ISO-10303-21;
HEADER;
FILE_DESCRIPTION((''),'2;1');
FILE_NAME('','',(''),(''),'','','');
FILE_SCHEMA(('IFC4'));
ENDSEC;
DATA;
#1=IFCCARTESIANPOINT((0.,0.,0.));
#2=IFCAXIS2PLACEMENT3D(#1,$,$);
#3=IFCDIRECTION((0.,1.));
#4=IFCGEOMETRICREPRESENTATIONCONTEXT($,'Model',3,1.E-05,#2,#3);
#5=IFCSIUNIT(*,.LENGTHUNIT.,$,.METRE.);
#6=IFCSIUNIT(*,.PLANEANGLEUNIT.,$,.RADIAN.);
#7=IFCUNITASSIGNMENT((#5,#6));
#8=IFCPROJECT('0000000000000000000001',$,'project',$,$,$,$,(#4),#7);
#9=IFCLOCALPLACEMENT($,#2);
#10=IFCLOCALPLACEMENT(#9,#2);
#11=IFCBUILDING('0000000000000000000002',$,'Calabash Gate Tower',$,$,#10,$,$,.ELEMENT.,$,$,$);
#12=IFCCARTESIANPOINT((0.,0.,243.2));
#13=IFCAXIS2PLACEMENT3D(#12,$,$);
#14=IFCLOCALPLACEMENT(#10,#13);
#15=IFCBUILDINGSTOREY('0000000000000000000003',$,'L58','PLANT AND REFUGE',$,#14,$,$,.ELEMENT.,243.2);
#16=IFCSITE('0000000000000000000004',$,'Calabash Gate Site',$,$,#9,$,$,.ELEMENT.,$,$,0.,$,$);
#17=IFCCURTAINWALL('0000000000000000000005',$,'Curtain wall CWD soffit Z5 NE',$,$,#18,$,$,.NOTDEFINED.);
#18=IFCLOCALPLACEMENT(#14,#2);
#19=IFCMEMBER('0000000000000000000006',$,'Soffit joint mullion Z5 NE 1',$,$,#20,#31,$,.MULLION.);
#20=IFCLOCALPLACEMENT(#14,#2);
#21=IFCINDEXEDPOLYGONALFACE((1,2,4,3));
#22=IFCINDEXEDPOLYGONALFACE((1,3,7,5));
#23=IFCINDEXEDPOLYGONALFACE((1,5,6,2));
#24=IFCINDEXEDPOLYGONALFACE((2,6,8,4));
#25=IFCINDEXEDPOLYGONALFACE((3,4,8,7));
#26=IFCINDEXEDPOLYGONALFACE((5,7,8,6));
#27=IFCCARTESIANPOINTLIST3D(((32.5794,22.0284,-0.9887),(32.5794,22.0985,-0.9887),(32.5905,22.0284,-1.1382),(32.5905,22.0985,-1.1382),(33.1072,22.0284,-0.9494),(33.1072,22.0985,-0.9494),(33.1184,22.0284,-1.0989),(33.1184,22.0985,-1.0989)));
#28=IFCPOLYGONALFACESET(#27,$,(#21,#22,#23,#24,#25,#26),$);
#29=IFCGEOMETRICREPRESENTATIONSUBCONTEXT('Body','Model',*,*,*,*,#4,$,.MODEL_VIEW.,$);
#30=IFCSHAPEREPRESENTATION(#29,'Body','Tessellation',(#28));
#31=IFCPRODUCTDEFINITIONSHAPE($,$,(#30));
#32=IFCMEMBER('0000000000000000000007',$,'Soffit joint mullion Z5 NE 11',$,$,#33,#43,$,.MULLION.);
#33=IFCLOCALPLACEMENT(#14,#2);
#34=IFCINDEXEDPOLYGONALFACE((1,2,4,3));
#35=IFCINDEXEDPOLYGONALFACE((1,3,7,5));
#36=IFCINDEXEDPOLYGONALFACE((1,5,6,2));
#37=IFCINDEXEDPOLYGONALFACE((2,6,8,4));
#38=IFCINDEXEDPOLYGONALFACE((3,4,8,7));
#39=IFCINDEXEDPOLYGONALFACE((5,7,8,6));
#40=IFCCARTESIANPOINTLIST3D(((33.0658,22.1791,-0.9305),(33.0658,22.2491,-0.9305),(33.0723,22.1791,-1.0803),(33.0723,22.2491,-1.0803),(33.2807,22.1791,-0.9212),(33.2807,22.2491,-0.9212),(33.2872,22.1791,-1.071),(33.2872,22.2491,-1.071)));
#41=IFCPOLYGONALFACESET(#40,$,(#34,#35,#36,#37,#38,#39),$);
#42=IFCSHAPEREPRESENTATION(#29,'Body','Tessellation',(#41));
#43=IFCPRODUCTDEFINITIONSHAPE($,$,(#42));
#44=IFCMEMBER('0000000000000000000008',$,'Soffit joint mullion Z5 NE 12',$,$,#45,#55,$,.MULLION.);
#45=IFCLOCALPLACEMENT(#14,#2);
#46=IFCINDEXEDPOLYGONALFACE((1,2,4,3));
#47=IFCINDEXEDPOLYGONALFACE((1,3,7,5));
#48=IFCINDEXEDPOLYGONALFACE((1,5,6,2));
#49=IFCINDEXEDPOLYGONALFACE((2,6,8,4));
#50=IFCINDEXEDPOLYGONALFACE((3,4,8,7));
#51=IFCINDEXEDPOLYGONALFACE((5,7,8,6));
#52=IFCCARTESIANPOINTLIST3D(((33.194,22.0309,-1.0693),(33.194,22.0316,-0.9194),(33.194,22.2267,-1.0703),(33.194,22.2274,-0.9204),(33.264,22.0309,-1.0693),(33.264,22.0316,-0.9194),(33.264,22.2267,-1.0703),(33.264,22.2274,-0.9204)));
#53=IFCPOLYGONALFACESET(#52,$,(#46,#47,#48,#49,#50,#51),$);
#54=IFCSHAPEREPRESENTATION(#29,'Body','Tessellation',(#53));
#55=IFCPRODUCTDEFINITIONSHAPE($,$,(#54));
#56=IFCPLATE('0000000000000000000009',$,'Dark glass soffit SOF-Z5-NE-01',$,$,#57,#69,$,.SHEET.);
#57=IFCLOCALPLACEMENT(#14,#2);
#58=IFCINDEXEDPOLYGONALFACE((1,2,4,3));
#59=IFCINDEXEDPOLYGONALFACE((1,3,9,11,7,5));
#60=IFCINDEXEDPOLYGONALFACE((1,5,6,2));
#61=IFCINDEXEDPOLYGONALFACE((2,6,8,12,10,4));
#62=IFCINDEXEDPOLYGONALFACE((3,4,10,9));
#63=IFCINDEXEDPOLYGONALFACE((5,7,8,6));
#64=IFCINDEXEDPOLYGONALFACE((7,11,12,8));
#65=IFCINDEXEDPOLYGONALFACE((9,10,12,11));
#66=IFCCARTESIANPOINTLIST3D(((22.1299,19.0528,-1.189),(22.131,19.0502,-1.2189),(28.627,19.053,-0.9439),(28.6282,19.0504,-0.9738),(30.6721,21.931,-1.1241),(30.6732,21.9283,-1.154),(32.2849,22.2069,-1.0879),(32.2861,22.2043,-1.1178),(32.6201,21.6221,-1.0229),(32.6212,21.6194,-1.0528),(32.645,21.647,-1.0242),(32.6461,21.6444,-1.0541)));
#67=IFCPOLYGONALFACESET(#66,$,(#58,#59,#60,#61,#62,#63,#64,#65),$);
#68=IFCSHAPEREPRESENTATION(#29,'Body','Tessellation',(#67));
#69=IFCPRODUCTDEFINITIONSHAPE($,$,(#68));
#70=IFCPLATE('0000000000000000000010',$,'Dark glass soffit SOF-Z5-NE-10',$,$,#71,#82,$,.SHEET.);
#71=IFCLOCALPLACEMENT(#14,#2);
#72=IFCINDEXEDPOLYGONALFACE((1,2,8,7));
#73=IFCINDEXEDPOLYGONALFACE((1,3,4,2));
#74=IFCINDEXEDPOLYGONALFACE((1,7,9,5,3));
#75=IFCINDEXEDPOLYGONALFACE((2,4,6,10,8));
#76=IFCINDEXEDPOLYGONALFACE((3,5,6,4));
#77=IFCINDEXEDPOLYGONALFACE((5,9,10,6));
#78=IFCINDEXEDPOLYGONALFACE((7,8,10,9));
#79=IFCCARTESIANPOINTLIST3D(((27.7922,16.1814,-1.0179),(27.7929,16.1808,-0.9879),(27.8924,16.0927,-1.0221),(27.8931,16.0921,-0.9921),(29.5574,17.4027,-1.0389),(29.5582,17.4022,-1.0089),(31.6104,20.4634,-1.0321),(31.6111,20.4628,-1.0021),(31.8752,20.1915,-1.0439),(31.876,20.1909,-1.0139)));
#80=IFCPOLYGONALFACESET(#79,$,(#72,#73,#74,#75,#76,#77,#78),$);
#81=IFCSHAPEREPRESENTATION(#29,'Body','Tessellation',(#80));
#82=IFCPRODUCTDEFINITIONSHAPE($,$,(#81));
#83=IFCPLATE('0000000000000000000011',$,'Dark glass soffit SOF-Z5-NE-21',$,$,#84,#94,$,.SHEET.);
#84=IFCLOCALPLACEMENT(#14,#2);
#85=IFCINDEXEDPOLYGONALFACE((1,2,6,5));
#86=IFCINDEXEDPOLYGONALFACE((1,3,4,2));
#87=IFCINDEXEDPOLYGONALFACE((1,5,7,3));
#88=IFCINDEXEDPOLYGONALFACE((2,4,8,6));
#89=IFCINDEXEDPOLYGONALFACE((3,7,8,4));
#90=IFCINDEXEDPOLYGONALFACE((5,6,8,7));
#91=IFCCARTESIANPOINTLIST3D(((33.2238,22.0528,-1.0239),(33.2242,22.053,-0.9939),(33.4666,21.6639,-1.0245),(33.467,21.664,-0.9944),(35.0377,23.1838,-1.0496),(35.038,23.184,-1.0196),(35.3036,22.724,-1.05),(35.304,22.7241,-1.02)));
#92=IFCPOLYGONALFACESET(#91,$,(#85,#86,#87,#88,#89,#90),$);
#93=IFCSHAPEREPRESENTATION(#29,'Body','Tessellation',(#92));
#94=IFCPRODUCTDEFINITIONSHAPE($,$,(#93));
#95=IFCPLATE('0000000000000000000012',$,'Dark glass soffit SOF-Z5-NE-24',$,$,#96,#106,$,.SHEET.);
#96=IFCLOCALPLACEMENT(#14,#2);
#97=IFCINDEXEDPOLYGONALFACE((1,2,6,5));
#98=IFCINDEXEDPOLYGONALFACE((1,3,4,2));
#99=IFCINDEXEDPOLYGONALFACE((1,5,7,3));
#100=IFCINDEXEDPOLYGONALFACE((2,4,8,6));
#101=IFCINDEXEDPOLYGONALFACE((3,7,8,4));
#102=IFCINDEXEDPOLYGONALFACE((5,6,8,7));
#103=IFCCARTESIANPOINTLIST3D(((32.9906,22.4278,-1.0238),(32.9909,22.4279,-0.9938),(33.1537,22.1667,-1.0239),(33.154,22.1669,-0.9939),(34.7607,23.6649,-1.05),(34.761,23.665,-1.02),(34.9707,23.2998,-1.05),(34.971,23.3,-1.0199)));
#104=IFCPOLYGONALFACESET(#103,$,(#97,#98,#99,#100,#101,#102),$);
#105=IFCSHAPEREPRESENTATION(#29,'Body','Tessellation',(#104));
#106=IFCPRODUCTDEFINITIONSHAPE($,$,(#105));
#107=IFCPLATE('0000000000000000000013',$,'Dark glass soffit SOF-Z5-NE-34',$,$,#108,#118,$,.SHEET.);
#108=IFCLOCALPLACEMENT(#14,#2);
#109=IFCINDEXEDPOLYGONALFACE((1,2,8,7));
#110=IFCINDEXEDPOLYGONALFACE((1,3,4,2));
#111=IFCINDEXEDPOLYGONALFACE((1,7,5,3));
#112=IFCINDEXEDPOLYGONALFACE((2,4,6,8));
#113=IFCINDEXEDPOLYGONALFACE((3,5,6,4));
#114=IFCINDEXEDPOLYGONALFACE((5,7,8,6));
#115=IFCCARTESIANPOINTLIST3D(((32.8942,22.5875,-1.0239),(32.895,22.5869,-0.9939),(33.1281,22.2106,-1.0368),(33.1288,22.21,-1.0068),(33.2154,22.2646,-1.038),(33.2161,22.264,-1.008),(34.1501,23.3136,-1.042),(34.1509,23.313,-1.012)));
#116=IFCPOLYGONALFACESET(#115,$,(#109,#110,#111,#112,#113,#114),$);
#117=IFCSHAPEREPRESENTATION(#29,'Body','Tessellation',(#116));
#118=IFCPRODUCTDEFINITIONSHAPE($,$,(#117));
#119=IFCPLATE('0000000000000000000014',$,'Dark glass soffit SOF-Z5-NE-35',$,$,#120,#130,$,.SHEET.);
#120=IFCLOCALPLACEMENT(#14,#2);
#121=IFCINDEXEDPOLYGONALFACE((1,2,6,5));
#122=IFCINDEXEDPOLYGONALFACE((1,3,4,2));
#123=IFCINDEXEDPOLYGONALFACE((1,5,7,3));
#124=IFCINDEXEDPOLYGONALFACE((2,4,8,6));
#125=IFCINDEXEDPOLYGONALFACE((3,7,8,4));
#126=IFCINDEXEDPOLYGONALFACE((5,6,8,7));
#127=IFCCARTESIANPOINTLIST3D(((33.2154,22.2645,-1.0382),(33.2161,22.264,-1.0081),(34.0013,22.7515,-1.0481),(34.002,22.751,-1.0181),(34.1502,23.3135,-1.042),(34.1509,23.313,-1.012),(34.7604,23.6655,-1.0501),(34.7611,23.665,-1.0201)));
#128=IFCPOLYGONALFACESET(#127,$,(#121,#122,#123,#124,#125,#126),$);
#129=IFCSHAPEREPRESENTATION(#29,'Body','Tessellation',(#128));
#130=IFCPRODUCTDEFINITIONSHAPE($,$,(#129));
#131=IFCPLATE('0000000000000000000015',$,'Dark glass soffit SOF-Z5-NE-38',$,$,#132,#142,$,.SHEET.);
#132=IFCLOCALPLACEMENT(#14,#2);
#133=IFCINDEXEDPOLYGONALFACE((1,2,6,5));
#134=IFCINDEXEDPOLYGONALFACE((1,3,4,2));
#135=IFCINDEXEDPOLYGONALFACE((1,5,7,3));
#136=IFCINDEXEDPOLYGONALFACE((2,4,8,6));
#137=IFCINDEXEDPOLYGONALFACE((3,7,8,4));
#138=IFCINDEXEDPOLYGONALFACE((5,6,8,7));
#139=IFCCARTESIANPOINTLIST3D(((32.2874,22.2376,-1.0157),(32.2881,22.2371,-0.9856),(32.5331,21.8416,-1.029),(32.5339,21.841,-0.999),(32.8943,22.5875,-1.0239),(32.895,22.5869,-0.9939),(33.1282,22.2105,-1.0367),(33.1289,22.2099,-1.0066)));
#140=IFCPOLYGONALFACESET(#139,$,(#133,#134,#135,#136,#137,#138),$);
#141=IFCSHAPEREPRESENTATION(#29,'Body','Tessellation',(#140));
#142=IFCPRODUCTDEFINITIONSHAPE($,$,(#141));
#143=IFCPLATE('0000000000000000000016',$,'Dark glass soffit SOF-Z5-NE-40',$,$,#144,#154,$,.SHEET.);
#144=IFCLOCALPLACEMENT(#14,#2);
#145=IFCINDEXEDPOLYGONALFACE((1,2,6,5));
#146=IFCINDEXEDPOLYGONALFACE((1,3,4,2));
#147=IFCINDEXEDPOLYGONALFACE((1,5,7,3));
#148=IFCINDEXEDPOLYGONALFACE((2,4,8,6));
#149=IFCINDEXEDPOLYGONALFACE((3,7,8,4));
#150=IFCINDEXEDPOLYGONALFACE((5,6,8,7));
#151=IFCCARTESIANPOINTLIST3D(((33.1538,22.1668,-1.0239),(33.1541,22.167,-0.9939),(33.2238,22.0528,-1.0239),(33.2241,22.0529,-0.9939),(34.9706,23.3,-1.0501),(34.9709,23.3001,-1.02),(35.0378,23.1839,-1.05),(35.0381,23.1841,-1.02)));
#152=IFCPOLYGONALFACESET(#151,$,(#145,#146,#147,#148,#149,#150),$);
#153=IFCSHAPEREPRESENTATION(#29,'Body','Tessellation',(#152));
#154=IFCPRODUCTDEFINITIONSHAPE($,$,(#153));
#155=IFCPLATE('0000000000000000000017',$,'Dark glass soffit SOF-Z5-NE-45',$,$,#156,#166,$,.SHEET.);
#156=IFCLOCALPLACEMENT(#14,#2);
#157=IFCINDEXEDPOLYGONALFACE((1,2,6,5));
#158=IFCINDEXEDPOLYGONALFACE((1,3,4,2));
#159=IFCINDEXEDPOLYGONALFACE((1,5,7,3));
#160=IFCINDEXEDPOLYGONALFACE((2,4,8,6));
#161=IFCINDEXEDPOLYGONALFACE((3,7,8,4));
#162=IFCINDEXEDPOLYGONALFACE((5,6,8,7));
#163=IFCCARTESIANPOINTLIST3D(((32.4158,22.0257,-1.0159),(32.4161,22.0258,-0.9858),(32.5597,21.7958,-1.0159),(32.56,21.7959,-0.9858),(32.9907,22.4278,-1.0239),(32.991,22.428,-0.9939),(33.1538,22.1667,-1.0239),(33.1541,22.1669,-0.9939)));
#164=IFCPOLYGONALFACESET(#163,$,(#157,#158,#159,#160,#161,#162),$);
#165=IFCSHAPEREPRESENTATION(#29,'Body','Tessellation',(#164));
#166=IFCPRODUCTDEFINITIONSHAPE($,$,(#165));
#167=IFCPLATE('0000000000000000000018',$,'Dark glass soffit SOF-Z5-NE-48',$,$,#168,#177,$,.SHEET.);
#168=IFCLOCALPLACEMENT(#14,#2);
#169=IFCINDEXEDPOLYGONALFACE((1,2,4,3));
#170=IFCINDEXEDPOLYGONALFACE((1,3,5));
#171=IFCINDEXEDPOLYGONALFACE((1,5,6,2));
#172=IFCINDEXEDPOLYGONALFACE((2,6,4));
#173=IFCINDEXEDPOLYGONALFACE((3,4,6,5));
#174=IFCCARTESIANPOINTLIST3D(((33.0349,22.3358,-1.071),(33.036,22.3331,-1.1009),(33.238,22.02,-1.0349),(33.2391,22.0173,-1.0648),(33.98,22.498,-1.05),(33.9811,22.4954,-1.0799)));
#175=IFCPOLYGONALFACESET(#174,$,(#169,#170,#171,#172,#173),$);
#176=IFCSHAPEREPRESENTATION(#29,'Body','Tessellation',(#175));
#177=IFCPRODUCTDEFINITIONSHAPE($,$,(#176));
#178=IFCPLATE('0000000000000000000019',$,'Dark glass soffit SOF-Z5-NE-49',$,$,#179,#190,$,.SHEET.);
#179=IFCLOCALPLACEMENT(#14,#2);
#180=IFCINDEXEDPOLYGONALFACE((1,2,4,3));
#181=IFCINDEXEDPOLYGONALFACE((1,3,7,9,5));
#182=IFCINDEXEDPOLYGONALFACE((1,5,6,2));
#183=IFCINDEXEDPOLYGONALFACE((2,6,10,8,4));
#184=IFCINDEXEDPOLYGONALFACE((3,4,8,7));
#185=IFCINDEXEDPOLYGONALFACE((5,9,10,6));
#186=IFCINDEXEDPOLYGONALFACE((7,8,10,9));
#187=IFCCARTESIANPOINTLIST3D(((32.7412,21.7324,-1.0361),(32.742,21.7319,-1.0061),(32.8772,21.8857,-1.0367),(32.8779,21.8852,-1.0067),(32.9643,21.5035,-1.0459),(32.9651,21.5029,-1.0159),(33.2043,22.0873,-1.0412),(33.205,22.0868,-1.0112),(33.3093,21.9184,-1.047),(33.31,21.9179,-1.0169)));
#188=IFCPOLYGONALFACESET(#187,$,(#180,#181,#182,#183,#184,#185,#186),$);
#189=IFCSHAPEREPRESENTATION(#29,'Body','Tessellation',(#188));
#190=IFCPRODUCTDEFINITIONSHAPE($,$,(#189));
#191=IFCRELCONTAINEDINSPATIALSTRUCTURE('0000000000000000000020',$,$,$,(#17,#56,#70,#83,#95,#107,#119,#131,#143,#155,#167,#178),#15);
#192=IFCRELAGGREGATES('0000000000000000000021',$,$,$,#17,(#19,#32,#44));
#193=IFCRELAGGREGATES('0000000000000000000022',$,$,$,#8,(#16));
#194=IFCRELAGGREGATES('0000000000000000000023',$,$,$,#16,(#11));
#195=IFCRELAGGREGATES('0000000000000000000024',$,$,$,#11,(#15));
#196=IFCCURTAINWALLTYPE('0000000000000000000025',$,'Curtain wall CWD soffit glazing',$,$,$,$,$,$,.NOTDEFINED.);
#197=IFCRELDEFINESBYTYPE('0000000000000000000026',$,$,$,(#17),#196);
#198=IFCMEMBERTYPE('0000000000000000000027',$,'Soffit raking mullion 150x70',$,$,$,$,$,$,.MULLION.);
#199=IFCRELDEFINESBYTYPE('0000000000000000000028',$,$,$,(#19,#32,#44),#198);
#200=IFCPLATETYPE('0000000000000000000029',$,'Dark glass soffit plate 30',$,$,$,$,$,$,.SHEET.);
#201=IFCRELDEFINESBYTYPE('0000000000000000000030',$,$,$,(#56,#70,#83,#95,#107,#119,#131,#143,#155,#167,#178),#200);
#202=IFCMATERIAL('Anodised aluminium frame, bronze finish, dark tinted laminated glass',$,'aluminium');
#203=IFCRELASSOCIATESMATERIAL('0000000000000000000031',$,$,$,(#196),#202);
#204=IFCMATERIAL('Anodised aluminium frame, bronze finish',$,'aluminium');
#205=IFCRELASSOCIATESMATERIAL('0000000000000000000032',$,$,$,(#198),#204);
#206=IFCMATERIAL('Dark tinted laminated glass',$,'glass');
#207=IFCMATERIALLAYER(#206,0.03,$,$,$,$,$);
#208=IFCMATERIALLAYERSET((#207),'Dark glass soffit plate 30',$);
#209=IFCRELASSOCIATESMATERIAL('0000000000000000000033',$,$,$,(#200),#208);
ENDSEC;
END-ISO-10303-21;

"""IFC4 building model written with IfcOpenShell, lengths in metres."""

from ifc_helpers import new_model, si_unit, direction, frame, origin, origin_2d, place, context, subcontext, project, spatial, polyline, rectangle, outline, extrude, material, layer, layer_set, material_profile, profile_set, type_object, element, aggregate, save


model = new_model("IFC4")

# Units and contexts
model_context = context("Model", 3, precision=1e-05, world=origin(), true_north=direction((0.0, 1.0)))
body_context = subcontext(model_context, "Body", "Model", "MODEL_VIEW")
ifc_project = project(units=[si_unit("LENGTHUNIT", "METRE"), si_unit("PLANEANGLEUNIT", "RADIAN")], contexts=[model_context])

# Site, building, storey
site_placement = place(None, origin())
site = spatial("IfcSite", under=ifc_project, at=site_placement, Name="Calabash Gate Site", CompositionType="ELEMENT", RefElevation=0.0)
building_placement = place(site_placement, origin())
building = spatial("IfcBuilding", under=site, at=building_placement, Name="Calabash Gate Tower", CompositionType="ELEMENT")
storey_placement = place(building_placement, frame((0.0, 0.0, 243.2)))
storey = spatial("IfcBuildingStorey", under=building, at=storey_placement, Name="L58", Description="PLANT AND REFUGE", CompositionType="ELEMENT", Elevation=243.2)

# Curtain wall, members
ifc_material_1 = material(Name="Anodised aluminium frame, bronze finish, dark tinted laminated glass", Category="aluminium")
curtain_wall_type = type_object("IfcCurtainWallType", Name="Curtain wall CWD soffit glazing", PredefinedType="NOTDEFINED", material=ifc_material_1)
curtain_wall_placement = place(storey_placement, origin())
curtain_wall = element("IfcCurtainWall", 1, at=curtain_wall_placement, inside=storey, type_object=curtain_wall_type, Name="Curtain wall CWD soffit Z5 NE", PredefinedType="NOTDEFINED")
ifc_material_2 = material(Name="Anodised aluminium frame, bronze finish", Category="aluminium")
ifc_material_profile = material_profile(ifc_material_2, rectangle(XDim=0.1499, YDim=0.0701, at=origin_2d()))
ifc_profile_set = profile_set([ifc_material_profile], Name="Anodised aluminium frame, bronze finish")
member_type = type_object("IfcMemberType", Name="Soffit raking mullion 150x70", PredefinedType="MULLION", material=ifc_profile_set)
member_1_placement = place(storey_placement, frame((32.585, 22.0635, -1.0635), z_axis=(0.997239, 0.0, 0.074262), x_axis=(-0.074262, 0.0, 0.997239)))
member_1 = element("IfcMember", 2, at=member_1_placement, type_object=member_type, Name="Soffit joint mullion Z5 NE 1", PredefinedType="MULLION", context=body_context, shape_type="SweptSolid", body=[
    extrude(rectangle(XDim=0.1499, YDim=0.0701, at=origin_2d()), origin(), (0.0, 0.0, 1.0), 0.5293),
])
member_2_placement = place(storey_placement, frame((33.2839, 22.2141, -0.9961), z_axis=(-0.999069, 0.0, -0.043142), x_axis=(-0.043142, 0.0, 0.999069)))
member_2 = element("IfcMember", 3, at=member_2_placement, type_object=member_type, Name="Soffit joint mullion Z5 NE 11", PredefinedType="MULLION", context=body_context, shape_type="SweptSolid", body=[
    extrude(rectangle(XDim=0.1499, YDim=0.0701, at=origin_2d()), origin(), (0.0, 0.0, 1.0), 0.2151),
])
member_3_placement = place(storey_placement, frame((33.229, 22.2271, -0.9954), z_axis=(0.0, -0.999988, 0.004987), x_axis=(0.0, 0.004987, 0.999988)))
member_3 = element("IfcMember", 4, at=member_3_placement, type_object=member_type, Name="Soffit joint mullion Z5 NE 12", PredefinedType="MULLION", context=body_context, shape_type="SweptSolid", body=[
    extrude(rectangle(XDim=0.1499, YDim=0.0701, at=origin_2d()), origin(), (0.0, 0.0, 1.0), 0.1958),
])
aggregate(curtain_wall, [member_1, member_2, member_3])

# Plates
ifc_material_3 = material(Name="Dark tinted laminated glass", Category="glass")
ifc_layer = layer(ifc_material_3, 0.03)
ifc_layer_set = layer_set([ifc_layer], Name="Dark glass soffit plate 30")
plate_type = type_object("IfcPlateType", Name="Dark glass soffit plate 30", PredefinedType="SHEET", material=ifc_layer_set)
plate_1_placement = place(storey_placement, frame((32.6201, 21.6221, -1.0229), z_axis=(-0.037554, 0.088991, 0.995324), x_axis=(-0.840864, -0.54099, 0.016644)))
element("IfcPlate", 5, at=plate_1_placement, inside=storey, type_object=plate_type, Name="Dark glass soffit SOF-Z5-NE-01", PredefinedType="SHEET", context=body_context, shape_type="SweptSolid", body=[
    extrude(outline(polyline([(0.0, 0.0), (4.7488, 0.0), (10.208, -3.5312), (1.4692, -1.3198), (-0.0356, -0.6763), (-0.0344, -0.0076), (0.0, 0.0)])), origin(), (0.0, 0.0, -1.0), 0.03),
])
plate_2_placement = place(storey_placement, frame((31.876, 20.1909, -1.0139), z_axis=(0.025128, -0.0191, 0.999502), x_axis=(-0.639183, -0.769054, 0.001374)))
element("IfcPlate", 6, at=plate_2_placement, inside=storey, type_object=plate_type, Name="Dark glass soffit SOF-Z5-NE-10", PredefinedType="SHEET", context=body_context, shape_type="SweptSolid", body=[
    extrude(outline(polyline([(0.0, 0.0), (3.6262, 0.0), (5.698, -0.4434), (5.6938, -0.5771), (-0.0398, -0.3777), (0.0, 0.0)])), origin(), (0.0, 0.0, -1.0), 0.03),
])
plate_3_placement = place(storey_placement, frame((35.304, 22.7241, -1.02), z_axis=(0.010835, 0.005344, 0.999927), x_axis=(-0.866061, -0.499793, 0.012055)))
element("IfcPlate", 7, at=plate_3_placement, inside=storey, type_object=plate_type, Name="Dark glass soffit SOF-Z5-NE-21", PredefinedType="SHEET", context=body_context, shape_type="SweptSolid", body=[
    extrude(outline(polyline([(0.0, 0.0), (2.1211, 0.0), (2.137, -0.4583), (0.0005, -0.5312), (0.0, 0.0)])), origin(), (0.0, 0.0, -1.0), 0.03),
])
plate_4_placement = place(storey_placement, frame((34.761, 23.665, -1.02), z_axis=(0.01045, 0.006227, 0.999926), x_axis=(0.498636, -0.866811, 0.000187)))
element("IfcPlate", 8, at=plate_4_placement, inside=storey, type_object=plate_type, Name="Dark glass soffit SOF-Z5-NE-24", PredefinedType="SHEET", context=body_context, shape_type="SweptSolid", body=[
    extrude(outline(polyline([(0.0, 0.0), (0.4211, 0.0), (0.4973, -2.1401), (0.1897, -2.1514), (0.0, 0.0)])), origin(), (0.0, 0.0, -1.0), 0.03),
])
plate_5_placement = place(storey_placement, frame((34.1509, 23.313, -1.012), z_axis=(0.025235, -0.018735, 0.999506), x_axis=(-0.665277, -0.746591, 0.002802)))
element("IfcPlate", 9, at=plate_5_placement, inside=storey, type_object=plate_type, Name="Dark glass soffit SOF-Z5-NE-34", PredefinedType="SHEET", context=body_context, shape_type="SweptSolid", body=[
    extrude(outline(polyline([(0.0, 0.0), (1.405, 0.0), (1.5034, -0.0293), (1.3777, -0.4548), (0.0, 0.0)])), origin(), (0.0, 0.0, -1.0), 0.03),
])
plate_6_placement = place(storey_placement, frame((34.002, 22.751, -1.0181), z_axis=(0.023148, -0.01699, 0.999588), x_axis=(-0.849947, -0.526758, 0.01073)))
element("IfcPlate", 10, at=plate_6_placement, inside=storey, type_object=plate_type, Name="Dark glass soffit SOF-Z5-NE-35", PredefinedType="SHEET", context=body_context, shape_type="SweptSolid", body=[
    extrude(outline(polyline([(0.0, 0.0), (0.9246, 0.0), (-0.4226, -0.3994), (-1.1267, -0.3772), (0.0, 0.0)])), origin(), (0.0, 0.0, -1.0), 0.03),
])
plate_7_placement = place(storey_placement, frame((32.895, 22.5869, -0.9939), z_axis=(0.024358, -0.018663, 0.999529), x_axis=(0.527013, -0.849373, -0.028702)))
element("IfcPlate", 11, at=plate_7_placement, inside=storey, type_object=plate_type, Name="Dark glass soffit SOF-Z5-NE-38", PredefinedType="SHEET", context=body_context, shape_type="SweptSolid", body=[
    extrude(outline(polyline([(0.0, 0.0), (0.4438, 0.0), (0.4434, -0.7002), (-0.0229, -0.7002), (0.0, 0.0)])), origin(), (0.0, 0.0, -1.0), 0.03),
])
plate_8_placement = place(storey_placement, frame((35.0381, 23.1841, -1.02), z_axis=(0.010487, 0.006257, 0.999925), x_axis=(-0.848486, -0.529076, 0.012209)))
element("IfcPlate", 12, at=plate_8_placement, inside=storey, type_object=plate_type, Name="Dark glass soffit SOF-Z5-NE-40", PredefinedType="SHEET", context=body_context, shape_type="SweptSolid", body=[
    extrude(outline(polyline([(0.0, 0.0), (2.1379, 0.0), (2.137, -0.1338), (-0.0044, -0.134), (0.0, 0.0)])), origin(), (0.0, 0.0, -1.0), 0.03),
])
plate_9_placement = place(storey_placement, frame((32.991, 22.428, -0.9939), z_axis=(0.009749, 0.006099, 0.999934), x_axis=(0.529928, -0.848043, 0.000006)))
element("IfcPlate", 13, at=plate_9_placement, inside=storey, type_object=plate_type, Name="Dark glass soffit SOF-Z5-NE-45", PredefinedType="SHEET", context=body_context, shape_type="SweptSolid", body=[
    extrude(outline(polyline([(0.0, 0.0), (0.3079, 0.0), (0.3076, -0.7004), (0.0364, -0.7007), (0.0, 0.0)])), origin(), (0.0, 0.0, -1.0), 0.03),
])
plate_10_placement = place(storey_placement, frame((33.98, 22.498, -1.05), z_axis=(-0.037501, 0.08972, 0.995261), x_axis=(-0.840506, -0.54153, 0.017148)))
element("IfcPlate", 14, at=plate_10_placement, inside=storey, type_object=plate_type, Name="Dark glass soffit SOF-Z5-NE-48", PredefinedType="SHEET", context=body_context, shape_type="SweptSolid", body=[
    extrude(outline(polyline([(0.0, 0.0), (0.8828, 0.0), (0.8818, -0.3772), (0.0, 0.0)])), origin(), (0.0, 0.0, -1.0), 0.03),
])
plate_11_placement = place(storey_placement, frame((32.9651, 21.5029, -1.0159), z_axis=(0.025048, -0.01825, 0.99952), x_axis=(-0.697562, 0.715873, 0.030552)))
element("IfcPlate", 15, at=plate_11_placement, inside=storey, type_object=plate_type, Name="Dark glass soffit SOF-Z5-NE-49", PredefinedType="SHEET", context=body_context, shape_type="SweptSolid", body=[
    extrude(outline(polyline([(0.0, 0.0), (0.3198, 0.0), (0.3347, -0.2043), (0.2507, -0.5793), (0.0564, -0.5366), (0.0, 0.0)])), origin(), (0.0, 0.0, -1.0), 0.03),
])

save(model, "model.ifc")
